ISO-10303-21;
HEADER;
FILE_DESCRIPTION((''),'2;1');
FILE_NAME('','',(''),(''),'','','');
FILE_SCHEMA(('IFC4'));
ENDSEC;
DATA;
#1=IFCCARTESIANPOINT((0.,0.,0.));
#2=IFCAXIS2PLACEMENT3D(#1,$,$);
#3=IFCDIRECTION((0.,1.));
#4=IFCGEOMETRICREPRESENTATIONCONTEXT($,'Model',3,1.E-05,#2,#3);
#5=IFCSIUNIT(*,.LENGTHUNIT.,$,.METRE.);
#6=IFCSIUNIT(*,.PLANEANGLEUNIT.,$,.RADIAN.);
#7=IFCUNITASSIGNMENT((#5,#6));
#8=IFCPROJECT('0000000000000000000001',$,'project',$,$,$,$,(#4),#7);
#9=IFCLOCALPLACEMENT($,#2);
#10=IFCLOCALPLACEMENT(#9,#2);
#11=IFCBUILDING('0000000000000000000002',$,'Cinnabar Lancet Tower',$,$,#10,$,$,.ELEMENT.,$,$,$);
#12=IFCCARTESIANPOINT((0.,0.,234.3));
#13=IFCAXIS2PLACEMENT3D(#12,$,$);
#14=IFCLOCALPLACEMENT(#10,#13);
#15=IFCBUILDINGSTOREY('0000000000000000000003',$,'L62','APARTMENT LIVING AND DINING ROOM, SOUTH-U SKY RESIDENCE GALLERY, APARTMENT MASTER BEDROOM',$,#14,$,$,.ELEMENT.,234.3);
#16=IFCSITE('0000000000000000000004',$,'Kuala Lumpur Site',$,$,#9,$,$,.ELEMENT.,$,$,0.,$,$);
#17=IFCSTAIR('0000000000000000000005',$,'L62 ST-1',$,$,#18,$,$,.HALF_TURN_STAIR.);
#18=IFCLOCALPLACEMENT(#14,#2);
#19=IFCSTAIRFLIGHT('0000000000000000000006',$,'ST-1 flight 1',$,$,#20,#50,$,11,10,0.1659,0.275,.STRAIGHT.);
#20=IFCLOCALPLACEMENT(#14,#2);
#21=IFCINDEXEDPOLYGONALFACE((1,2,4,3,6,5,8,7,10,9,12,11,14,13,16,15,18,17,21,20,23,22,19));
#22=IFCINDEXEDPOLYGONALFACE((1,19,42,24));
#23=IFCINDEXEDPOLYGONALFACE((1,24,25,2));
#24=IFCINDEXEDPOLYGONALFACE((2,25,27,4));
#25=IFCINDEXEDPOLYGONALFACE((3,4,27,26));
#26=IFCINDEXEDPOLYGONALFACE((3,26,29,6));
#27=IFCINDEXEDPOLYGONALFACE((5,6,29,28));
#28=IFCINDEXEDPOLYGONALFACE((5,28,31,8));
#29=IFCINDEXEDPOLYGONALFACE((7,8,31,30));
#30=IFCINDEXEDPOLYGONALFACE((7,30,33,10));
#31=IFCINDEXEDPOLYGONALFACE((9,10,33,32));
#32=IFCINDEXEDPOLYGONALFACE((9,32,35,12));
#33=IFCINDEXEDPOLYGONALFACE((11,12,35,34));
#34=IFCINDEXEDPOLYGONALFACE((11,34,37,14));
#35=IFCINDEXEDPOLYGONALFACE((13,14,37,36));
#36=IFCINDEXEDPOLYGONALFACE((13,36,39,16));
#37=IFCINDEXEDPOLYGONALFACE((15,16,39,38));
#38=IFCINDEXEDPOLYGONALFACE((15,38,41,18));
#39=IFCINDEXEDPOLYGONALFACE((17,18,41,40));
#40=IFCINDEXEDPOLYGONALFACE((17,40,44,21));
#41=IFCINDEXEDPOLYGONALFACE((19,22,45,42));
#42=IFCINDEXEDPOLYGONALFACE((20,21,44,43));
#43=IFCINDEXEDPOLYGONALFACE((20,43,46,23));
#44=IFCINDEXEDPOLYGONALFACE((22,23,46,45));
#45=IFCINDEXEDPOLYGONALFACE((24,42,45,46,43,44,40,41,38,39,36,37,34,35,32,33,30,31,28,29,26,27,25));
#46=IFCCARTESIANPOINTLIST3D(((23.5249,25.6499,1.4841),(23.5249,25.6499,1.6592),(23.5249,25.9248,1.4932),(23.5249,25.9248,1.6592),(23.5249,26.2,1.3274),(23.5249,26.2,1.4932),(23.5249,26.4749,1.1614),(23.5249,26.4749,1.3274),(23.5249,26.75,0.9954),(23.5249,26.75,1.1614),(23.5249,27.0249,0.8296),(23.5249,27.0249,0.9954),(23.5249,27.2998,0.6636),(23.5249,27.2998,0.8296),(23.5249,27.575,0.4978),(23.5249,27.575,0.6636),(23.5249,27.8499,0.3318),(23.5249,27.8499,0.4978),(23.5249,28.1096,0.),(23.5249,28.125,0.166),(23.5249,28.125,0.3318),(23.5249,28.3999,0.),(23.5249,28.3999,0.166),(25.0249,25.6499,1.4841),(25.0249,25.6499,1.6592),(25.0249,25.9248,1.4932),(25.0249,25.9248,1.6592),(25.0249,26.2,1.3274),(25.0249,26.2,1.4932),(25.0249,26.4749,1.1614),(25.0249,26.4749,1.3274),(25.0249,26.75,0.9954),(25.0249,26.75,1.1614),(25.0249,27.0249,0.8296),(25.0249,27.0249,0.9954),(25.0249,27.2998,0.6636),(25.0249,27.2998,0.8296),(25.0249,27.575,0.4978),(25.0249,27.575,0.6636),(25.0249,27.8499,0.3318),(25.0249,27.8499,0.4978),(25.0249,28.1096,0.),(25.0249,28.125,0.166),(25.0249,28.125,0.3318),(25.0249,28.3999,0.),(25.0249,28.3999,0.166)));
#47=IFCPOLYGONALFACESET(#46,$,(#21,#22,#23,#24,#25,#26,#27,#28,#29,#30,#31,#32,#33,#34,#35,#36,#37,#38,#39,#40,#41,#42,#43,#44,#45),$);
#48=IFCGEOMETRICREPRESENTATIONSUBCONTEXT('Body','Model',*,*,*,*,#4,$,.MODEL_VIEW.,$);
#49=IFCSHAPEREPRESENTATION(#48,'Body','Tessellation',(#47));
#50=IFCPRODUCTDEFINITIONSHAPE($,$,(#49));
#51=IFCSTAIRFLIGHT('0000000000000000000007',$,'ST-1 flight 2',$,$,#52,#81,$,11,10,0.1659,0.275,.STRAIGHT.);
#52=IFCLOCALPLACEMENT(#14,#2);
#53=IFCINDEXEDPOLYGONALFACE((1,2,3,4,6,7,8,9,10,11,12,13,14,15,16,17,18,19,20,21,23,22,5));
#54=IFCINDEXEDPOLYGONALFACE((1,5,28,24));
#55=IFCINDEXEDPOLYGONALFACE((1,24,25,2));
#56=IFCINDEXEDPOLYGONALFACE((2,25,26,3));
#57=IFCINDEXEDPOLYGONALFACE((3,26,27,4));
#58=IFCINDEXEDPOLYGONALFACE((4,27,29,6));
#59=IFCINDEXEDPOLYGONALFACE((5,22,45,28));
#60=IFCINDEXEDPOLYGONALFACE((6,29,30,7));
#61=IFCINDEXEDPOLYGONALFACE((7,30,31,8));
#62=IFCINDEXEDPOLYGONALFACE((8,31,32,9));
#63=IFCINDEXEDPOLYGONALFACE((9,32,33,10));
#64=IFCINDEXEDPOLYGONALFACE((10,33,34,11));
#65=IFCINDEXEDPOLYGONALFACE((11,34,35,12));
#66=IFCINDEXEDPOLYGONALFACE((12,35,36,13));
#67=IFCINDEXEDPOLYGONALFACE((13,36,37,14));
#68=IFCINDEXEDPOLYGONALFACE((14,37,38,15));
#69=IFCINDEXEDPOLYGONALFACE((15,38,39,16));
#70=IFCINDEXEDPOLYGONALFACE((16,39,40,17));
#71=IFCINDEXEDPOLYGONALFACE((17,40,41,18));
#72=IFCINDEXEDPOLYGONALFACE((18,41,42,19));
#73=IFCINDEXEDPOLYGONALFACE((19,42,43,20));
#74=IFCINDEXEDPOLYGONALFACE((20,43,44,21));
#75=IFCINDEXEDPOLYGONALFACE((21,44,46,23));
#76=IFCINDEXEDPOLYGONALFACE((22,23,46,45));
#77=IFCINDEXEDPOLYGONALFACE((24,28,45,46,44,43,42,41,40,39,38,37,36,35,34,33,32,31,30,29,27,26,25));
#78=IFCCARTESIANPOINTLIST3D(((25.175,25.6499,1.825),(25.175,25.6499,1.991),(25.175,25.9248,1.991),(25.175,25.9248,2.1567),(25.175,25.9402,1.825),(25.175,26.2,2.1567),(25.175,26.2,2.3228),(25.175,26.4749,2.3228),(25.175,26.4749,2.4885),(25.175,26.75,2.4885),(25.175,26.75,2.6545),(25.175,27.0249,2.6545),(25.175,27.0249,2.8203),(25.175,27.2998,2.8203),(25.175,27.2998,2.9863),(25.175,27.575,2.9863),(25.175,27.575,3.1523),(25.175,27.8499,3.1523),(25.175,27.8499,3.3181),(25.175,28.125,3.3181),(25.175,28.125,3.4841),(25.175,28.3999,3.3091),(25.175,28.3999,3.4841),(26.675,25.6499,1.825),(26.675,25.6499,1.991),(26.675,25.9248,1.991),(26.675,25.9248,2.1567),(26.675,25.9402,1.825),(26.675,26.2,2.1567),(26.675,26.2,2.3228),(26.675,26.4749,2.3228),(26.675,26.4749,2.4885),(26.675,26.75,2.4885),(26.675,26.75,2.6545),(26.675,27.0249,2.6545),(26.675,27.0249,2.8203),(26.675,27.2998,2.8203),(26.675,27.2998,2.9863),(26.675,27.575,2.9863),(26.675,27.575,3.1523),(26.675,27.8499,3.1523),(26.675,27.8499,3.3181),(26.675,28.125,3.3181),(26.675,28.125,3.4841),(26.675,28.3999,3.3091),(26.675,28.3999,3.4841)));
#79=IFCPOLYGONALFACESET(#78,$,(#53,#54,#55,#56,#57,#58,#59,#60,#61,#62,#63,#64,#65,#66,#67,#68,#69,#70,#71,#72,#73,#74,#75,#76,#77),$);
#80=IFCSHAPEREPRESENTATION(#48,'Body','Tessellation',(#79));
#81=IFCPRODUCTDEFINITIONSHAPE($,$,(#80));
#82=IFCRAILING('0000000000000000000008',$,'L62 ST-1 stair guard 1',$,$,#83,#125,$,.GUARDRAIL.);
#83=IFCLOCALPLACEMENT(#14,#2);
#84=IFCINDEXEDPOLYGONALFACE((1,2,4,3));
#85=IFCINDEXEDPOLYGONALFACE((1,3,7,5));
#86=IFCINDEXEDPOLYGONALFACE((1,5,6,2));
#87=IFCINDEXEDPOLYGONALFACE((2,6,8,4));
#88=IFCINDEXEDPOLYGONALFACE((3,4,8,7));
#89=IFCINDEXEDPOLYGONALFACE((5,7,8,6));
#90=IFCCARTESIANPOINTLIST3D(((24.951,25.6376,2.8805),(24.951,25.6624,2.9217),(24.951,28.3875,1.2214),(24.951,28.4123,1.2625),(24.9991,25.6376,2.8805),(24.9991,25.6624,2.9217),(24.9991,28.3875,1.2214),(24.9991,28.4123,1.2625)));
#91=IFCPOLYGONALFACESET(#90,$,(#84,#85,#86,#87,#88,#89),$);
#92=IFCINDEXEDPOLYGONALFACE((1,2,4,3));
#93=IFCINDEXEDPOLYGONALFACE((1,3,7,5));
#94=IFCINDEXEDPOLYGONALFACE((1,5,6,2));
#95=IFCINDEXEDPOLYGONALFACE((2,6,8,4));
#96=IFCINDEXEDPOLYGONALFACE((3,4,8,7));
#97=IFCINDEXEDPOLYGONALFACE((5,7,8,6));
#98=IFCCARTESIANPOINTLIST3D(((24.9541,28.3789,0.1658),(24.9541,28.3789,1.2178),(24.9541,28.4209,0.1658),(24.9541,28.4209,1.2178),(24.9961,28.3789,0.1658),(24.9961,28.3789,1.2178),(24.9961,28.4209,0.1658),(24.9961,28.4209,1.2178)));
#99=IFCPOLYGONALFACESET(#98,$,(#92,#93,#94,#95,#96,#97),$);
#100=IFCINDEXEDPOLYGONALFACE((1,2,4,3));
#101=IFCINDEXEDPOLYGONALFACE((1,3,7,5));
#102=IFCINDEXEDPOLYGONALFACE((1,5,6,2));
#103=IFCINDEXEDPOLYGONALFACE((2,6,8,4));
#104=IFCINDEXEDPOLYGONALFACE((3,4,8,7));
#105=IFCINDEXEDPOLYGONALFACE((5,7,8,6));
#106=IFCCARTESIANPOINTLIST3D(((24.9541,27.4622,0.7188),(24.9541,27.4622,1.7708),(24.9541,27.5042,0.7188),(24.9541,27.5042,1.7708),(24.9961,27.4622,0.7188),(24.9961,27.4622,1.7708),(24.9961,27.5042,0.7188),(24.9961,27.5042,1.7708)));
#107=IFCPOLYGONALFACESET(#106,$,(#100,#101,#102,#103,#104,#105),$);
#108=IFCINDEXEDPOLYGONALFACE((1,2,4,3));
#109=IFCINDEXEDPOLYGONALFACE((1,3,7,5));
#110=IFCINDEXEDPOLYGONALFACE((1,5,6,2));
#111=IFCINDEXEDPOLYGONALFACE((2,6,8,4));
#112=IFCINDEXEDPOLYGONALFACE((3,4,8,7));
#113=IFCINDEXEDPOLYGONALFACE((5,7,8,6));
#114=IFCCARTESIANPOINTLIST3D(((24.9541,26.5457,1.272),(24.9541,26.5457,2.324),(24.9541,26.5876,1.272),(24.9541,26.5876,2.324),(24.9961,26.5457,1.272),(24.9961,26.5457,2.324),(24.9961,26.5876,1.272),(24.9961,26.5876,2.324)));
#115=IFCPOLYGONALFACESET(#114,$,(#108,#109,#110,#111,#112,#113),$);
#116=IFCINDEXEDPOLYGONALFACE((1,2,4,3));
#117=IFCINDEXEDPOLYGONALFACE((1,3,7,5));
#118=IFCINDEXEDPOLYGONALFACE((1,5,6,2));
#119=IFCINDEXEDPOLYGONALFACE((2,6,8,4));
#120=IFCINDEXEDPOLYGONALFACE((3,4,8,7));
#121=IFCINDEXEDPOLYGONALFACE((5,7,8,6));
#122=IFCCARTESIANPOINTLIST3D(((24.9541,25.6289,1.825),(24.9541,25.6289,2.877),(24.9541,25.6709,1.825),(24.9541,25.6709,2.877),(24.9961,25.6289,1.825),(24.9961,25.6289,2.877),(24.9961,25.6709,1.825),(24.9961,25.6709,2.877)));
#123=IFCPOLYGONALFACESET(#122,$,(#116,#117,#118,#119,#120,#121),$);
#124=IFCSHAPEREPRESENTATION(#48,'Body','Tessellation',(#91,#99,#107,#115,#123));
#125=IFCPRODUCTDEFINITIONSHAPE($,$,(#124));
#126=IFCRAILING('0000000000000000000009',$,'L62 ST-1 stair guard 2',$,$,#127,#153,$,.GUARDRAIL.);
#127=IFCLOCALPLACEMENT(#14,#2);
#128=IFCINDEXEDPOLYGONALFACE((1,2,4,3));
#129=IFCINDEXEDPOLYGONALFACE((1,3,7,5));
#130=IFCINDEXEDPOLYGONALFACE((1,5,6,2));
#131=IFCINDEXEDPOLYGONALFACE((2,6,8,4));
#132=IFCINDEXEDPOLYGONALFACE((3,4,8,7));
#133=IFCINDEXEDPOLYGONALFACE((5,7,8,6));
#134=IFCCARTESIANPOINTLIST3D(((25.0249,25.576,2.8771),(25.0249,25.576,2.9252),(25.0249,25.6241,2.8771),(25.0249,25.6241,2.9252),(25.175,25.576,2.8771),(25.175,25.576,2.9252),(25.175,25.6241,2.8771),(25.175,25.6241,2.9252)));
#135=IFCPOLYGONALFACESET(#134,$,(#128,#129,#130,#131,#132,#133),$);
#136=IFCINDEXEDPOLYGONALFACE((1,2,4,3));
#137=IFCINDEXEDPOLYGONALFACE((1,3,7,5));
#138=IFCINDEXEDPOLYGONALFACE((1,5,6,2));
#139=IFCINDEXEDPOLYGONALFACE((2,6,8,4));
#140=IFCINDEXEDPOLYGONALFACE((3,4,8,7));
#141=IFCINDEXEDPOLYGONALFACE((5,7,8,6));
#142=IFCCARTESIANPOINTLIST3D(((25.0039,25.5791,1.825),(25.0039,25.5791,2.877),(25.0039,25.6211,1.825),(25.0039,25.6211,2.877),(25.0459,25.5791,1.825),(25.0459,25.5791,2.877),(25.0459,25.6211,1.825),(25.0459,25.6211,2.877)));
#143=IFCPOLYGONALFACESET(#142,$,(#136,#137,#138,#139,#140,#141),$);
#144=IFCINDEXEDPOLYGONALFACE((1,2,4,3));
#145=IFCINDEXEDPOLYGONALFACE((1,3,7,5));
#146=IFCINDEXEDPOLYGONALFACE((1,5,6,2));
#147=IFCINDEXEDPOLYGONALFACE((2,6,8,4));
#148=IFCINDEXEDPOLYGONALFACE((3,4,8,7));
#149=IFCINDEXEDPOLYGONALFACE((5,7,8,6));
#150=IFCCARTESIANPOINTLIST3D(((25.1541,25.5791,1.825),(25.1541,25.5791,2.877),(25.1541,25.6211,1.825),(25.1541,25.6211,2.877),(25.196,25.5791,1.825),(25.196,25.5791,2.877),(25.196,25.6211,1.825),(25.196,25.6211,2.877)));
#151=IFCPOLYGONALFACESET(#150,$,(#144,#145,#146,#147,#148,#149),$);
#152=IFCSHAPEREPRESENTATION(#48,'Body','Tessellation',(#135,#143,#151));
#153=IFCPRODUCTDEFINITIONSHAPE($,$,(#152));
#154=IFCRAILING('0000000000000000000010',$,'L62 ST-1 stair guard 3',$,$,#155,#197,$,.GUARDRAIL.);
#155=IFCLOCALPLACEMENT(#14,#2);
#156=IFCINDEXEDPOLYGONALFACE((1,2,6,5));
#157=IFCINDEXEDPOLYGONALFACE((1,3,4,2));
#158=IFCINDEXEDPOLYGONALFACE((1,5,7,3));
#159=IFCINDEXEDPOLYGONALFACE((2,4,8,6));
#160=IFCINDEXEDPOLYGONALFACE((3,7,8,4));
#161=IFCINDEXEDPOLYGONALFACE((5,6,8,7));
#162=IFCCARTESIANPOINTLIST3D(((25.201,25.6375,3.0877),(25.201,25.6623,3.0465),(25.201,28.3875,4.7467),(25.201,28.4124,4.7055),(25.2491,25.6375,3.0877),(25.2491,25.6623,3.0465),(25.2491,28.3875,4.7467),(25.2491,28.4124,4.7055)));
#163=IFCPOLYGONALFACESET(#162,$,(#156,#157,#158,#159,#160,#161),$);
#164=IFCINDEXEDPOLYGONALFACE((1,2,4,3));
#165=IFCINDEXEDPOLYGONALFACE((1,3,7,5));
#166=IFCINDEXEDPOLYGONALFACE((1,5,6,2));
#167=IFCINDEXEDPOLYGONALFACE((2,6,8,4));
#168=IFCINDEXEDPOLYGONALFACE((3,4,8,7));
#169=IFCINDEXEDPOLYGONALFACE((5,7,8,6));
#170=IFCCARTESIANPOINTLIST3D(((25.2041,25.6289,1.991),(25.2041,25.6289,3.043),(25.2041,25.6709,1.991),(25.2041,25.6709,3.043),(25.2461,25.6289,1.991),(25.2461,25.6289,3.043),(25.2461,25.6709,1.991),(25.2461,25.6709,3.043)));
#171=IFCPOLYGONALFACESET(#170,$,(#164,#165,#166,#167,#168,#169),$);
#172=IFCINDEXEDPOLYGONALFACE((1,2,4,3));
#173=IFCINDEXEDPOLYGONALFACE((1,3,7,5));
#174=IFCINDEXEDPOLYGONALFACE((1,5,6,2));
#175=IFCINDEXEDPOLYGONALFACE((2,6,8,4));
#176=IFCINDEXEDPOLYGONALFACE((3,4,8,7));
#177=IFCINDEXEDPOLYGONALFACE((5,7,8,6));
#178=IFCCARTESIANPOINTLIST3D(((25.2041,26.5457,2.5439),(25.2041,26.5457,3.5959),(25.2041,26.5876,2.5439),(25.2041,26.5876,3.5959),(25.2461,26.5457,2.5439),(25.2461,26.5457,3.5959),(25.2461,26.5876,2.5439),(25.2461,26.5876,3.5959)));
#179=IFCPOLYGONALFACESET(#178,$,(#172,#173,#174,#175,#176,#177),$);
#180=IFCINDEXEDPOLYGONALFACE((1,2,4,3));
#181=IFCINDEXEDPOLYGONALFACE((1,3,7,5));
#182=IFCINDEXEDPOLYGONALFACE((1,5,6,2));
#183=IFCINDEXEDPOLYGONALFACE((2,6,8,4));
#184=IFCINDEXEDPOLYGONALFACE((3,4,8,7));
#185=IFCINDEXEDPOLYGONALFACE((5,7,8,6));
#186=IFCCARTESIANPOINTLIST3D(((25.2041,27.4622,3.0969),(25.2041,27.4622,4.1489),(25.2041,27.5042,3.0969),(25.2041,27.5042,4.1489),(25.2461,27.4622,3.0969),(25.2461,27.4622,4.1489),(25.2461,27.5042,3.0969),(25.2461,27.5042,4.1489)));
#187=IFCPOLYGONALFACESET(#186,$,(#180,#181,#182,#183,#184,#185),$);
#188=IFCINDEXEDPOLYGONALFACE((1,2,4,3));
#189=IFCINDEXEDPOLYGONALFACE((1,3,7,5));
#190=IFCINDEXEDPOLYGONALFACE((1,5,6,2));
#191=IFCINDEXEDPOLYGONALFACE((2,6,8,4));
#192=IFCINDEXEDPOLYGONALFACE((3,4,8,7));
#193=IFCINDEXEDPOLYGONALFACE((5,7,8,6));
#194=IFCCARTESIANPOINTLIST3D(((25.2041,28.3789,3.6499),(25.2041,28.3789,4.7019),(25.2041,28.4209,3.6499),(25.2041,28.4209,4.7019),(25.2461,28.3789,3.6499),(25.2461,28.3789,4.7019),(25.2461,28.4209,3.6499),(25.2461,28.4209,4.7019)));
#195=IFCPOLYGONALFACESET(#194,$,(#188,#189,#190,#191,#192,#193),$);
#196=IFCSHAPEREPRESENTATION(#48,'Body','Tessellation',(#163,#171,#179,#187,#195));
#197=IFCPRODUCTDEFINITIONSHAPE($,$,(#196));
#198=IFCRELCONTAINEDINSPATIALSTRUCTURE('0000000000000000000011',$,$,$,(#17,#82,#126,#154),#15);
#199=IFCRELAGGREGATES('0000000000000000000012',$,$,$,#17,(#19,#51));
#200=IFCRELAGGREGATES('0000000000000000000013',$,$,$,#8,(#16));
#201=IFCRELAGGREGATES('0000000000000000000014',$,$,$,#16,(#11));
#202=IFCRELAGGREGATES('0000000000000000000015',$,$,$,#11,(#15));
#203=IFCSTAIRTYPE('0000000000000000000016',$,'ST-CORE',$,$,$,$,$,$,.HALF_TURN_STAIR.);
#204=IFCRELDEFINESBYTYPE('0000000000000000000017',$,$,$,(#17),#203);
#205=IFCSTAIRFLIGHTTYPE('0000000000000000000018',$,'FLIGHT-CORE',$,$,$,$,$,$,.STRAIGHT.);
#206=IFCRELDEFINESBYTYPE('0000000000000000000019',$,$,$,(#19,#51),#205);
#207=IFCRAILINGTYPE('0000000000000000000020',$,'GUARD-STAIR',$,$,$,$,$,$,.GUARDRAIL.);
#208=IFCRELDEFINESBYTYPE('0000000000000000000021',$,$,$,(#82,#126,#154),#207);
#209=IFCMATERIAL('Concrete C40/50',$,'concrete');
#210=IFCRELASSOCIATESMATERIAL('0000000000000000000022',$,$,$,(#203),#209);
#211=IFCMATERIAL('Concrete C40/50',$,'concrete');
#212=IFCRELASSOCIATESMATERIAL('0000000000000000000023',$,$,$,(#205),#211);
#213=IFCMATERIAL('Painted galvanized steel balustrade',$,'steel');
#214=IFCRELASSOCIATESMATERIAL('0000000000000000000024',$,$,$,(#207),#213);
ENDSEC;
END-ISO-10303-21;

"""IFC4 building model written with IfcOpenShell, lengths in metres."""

from ifc_helpers import new_model, si_unit, direction, frame, origin, origin_2d, place, context, subcontext, project, spatial, polyline, rectangle, outline, extrude, material, type_object, element, aggregate, save


model = new_model("IFC4")

# Units and contexts
model_context = context("Model", 3, precision=1e-05, world=origin(), true_north=direction((0.0, 1.0)))
body_context = subcontext(model_context, "Body", "Model", "MODEL_VIEW")
ifc_project = project(units=[si_unit("LENGTHUNIT", "METRE"), si_unit("PLANEANGLEUNIT", "RADIAN")], contexts=[model_context])

# Site, building, storey
site_placement = place(None, origin())
site = spatial("IfcSite", under=ifc_project, at=site_placement, Name="Kuala Lumpur Site", CompositionType="ELEMENT", RefElevation=0.0)
building_placement = place(site_placement, origin())
building = spatial("IfcBuilding", under=site, at=building_placement, Name="Cinnabar Lancet Tower", CompositionType="ELEMENT")
storey_placement = place(building_placement, frame((0.0, 0.0, 234.3)))
storey = spatial("IfcBuildingStorey", under=building, at=storey_placement, Name="L62", Description="APARTMENT LIVING AND DINING ROOM, SOUTH-U SKY RESIDENCE GALLERY, APARTMENT MASTER BEDROOM", CompositionType="ELEMENT", Elevation=234.3)

# Stair, stair flights
ifc_material_1 = material(Name="Concrete C40/50", Category="concrete")
stair_type = type_object("IfcStairType", Name="ST-CORE", PredefinedType="HALF_TURN_STAIR", material=ifc_material_1)
stair_placement = place(storey_placement, origin())
stair = element("IfcStair", 1, at=stair_placement, inside=storey, type_object=stair_type, Name="L62 ST-1", PredefinedType="HALF_TURN_STAIR")
ifc_material_2 = material(Name="Concrete C40/50", Category="concrete")
stair_flight_type = type_object("IfcStairFlightType", Name="FLIGHT-CORE", PredefinedType="STRAIGHT", material=ifc_material_2)
stair_flight_1_placement = place(storey_placement, frame((24.2749, 28.3999, 0.0), z_axis=(0.0, 0.0, 1.0), x_axis=(0.0, -1.0, 0.0)))
stair_flight_1 = element("IfcStairFlight", 2, at=stair_flight_1_placement, type_object=stair_flight_type, Name="ST-1 flight 1", NumberOfRisers=11, NumberOfTreads=10, PredefinedType="STRAIGHT", RiserHeight=0.1659, TreadLength=0.275, context=body_context, shape_type="SweptSolid", body=[
    extrude(outline(polyline([(0.0, 0.0), (0.0, 0.166), (0.2749, 0.166), (0.2749, 0.3318), (0.55, 0.3318), (0.55, 0.4978), (0.825, 0.4978), (0.825, 0.6636), (1.1001, 0.6636), (1.1001, 0.8296), (1.375, 0.8296), (1.375, 0.9954), (1.6499, 0.9954), (1.6499, 1.1614), (1.925, 1.1614), (1.925, 1.3274), (2.2, 1.3274), (2.2, 1.4932), (2.4751, 1.4932), (2.4751, 1.6592), (2.75, 1.6592), (2.75, 1.825), (2.75, 1.4841), (0.2903, 0.0), (0.0, 0.0)])), frame((0.0, 0.75, 0.0), z_axis=(0.0, -1.0, 0.0), x_axis=(1.0, 0.0, 0.0)), (0.0, 0.0, 1.0), 1.5),
])
stair_flight_2_placement = place(storey_placement, frame((25.925, 25.6499, 1.825), z_axis=(0.0, 0.0, 1.0), x_axis=(0.0, 1.0, 0.0)))
stair_flight_2 = element("IfcStairFlight", 3, at=stair_flight_2_placement, type_object=stair_flight_type, Name="ST-1 flight 2", NumberOfRisers=11, NumberOfTreads=10, PredefinedType="STRAIGHT", RiserHeight=0.1659, TreadLength=0.275, context=body_context, shape_type="SweptSolid", body=[
    extrude(outline(polyline([(0.0, 0.0), (0.0, 0.166), (0.2749, 0.166), (0.2749, 0.3318), (0.55, 0.3318), (0.55, 0.4978), (0.825, 0.4978), (0.825, 0.6636), (1.1001, 0.6636), (1.1001, 0.8296), (1.375, 0.8296), (1.375, 0.9954), (1.6499, 0.9954), (1.6499, 1.1614), (1.925, 1.1614), (1.925, 1.3274), (2.2, 1.3274), (2.2, 1.4932), (2.4751, 1.4932), (2.4751, 1.6592), (2.75, 1.6592), (2.75, 1.825), (2.75, 1.4841), (0.2903, 0.0), (0.0, 0.0)])), frame((0.0, 0.75, 0.0), z_axis=(0.0, -1.0, 0.0), x_axis=(1.0, 0.0, 0.0)), (0.0, 0.0, 1.0), 1.5),
])
aggregate(stair, [stair_flight_1, stair_flight_2])

# Railings
ifc_material_3 = material(Name="Painted galvanized steel balustrade", Category="steel")
railing_type_1 = type_object("IfcRailingType", Name="GUARD-STAIR", PredefinedType="GUARDRAIL", material=ifc_material_3)
railing_1_placement = place(storey_placement, frame((24.9751, 28.3999, 0.1658)))
element("IfcRailing", 4, at=railing_1_placement, inside=storey, type_object=railing_type_1, Name="L62 ST-1 stair guard 1", PredefinedType="GUARDRAIL", context=body_context, shape_type="SweptSolid", body=[
    extrude(rectangle(XDim=0.0481, YDim=0.0481, at=origin_2d()), frame((0.0, 0.0, 1.0762), z_axis=(0.0, -0.856229, 0.516596), x_axis=(1.0, 0.0, 0.0)), (0.0, 0.0, 1.0), 3.2117),
    extrude(rectangle(XDim=0.042, YDim=0.042, at=origin_2d()), origin(), (0.0, 0.0, 1.0), 1.052),
    extrude(rectangle(XDim=0.042, YDim=0.042, at=origin_2d()), frame((0.0, -0.9167, 0.553)), (0.0, 0.0, 1.0), 1.052),
    extrude(rectangle(XDim=0.042, YDim=0.042, at=origin_2d()), frame((0.0, -1.8333, 1.1062)), (0.0, 0.0, 1.0), 1.052),
    extrude(rectangle(XDim=0.042, YDim=0.042, at=origin_2d()), frame((0.0, -2.75, 1.6592)), (0.0, 0.0, 1.0), 1.052),
])
railing_2_placement = place(storey_placement, frame((25.0249, 25.6001, 1.825)))
element("IfcRailing", 5, at=railing_2_placement, inside=storey, type_object=railing_type_1, Name="L62 ST-1 stair guard 2", PredefinedType="GUARDRAIL", context=body_context, shape_type="SweptSolid", body=[
    extrude(rectangle(XDim=0.0481, YDim=0.0481, at=origin_2d()), frame((0.0, 0.0, 1.0762), z_axis=(1.0, 0.0, 0.0), x_axis=(0.0, 1.0, 0.0)), (0.0, 0.0, 1.0), 0.1501),
    extrude(rectangle(XDim=0.042, YDim=0.042, at=origin_2d()), origin(), (0.0, 0.0, 1.0), 1.052),
    extrude(rectangle(XDim=0.042, YDim=0.042, at=origin_2d()), frame((0.1501, 0.0, 0.0)), (0.0, 0.0, 1.0), 1.052),
])
railing_3_placement = place(storey_placement, frame((25.2251, 25.6499, 1.991)))
element("IfcRailing", 6, at=railing_3_placement, inside=storey, type_object=railing_type_1, Name="L62 ST-1 stair guard 3", PredefinedType="GUARDRAIL", context=body_context, shape_type="SweptSolid", body=[
    extrude(rectangle(XDim=0.0481, YDim=0.0481, at=origin_2d()), frame((0.0, 0.0, 1.0762), z_axis=(0.0, 0.856263, 0.51654), x_axis=(-1.0, 0.0, 0.0)), (0.0, 0.0, 1.0), 3.2117),
    extrude(rectangle(XDim=0.042, YDim=0.042, at=origin_2d()), origin(), (0.0, 0.0, 1.0), 1.052),
    extrude(rectangle(XDim=0.042, YDim=0.042, at=origin_2d()), frame((0.0, 0.9167, 0.553)), (0.0, 0.0, 1.0), 1.052),
    extrude(rectangle(XDim=0.042, YDim=0.042, at=origin_2d()), frame((0.0, 1.8333, 1.106)), (0.0, 0.0, 1.0), 1.052),
    extrude(rectangle(XDim=0.042, YDim=0.042, at=origin_2d()), frame((0.0, 2.75, 1.6589)), (0.0, 0.0, 1.0), 1.052),
])

save(model, "model.ifc")
